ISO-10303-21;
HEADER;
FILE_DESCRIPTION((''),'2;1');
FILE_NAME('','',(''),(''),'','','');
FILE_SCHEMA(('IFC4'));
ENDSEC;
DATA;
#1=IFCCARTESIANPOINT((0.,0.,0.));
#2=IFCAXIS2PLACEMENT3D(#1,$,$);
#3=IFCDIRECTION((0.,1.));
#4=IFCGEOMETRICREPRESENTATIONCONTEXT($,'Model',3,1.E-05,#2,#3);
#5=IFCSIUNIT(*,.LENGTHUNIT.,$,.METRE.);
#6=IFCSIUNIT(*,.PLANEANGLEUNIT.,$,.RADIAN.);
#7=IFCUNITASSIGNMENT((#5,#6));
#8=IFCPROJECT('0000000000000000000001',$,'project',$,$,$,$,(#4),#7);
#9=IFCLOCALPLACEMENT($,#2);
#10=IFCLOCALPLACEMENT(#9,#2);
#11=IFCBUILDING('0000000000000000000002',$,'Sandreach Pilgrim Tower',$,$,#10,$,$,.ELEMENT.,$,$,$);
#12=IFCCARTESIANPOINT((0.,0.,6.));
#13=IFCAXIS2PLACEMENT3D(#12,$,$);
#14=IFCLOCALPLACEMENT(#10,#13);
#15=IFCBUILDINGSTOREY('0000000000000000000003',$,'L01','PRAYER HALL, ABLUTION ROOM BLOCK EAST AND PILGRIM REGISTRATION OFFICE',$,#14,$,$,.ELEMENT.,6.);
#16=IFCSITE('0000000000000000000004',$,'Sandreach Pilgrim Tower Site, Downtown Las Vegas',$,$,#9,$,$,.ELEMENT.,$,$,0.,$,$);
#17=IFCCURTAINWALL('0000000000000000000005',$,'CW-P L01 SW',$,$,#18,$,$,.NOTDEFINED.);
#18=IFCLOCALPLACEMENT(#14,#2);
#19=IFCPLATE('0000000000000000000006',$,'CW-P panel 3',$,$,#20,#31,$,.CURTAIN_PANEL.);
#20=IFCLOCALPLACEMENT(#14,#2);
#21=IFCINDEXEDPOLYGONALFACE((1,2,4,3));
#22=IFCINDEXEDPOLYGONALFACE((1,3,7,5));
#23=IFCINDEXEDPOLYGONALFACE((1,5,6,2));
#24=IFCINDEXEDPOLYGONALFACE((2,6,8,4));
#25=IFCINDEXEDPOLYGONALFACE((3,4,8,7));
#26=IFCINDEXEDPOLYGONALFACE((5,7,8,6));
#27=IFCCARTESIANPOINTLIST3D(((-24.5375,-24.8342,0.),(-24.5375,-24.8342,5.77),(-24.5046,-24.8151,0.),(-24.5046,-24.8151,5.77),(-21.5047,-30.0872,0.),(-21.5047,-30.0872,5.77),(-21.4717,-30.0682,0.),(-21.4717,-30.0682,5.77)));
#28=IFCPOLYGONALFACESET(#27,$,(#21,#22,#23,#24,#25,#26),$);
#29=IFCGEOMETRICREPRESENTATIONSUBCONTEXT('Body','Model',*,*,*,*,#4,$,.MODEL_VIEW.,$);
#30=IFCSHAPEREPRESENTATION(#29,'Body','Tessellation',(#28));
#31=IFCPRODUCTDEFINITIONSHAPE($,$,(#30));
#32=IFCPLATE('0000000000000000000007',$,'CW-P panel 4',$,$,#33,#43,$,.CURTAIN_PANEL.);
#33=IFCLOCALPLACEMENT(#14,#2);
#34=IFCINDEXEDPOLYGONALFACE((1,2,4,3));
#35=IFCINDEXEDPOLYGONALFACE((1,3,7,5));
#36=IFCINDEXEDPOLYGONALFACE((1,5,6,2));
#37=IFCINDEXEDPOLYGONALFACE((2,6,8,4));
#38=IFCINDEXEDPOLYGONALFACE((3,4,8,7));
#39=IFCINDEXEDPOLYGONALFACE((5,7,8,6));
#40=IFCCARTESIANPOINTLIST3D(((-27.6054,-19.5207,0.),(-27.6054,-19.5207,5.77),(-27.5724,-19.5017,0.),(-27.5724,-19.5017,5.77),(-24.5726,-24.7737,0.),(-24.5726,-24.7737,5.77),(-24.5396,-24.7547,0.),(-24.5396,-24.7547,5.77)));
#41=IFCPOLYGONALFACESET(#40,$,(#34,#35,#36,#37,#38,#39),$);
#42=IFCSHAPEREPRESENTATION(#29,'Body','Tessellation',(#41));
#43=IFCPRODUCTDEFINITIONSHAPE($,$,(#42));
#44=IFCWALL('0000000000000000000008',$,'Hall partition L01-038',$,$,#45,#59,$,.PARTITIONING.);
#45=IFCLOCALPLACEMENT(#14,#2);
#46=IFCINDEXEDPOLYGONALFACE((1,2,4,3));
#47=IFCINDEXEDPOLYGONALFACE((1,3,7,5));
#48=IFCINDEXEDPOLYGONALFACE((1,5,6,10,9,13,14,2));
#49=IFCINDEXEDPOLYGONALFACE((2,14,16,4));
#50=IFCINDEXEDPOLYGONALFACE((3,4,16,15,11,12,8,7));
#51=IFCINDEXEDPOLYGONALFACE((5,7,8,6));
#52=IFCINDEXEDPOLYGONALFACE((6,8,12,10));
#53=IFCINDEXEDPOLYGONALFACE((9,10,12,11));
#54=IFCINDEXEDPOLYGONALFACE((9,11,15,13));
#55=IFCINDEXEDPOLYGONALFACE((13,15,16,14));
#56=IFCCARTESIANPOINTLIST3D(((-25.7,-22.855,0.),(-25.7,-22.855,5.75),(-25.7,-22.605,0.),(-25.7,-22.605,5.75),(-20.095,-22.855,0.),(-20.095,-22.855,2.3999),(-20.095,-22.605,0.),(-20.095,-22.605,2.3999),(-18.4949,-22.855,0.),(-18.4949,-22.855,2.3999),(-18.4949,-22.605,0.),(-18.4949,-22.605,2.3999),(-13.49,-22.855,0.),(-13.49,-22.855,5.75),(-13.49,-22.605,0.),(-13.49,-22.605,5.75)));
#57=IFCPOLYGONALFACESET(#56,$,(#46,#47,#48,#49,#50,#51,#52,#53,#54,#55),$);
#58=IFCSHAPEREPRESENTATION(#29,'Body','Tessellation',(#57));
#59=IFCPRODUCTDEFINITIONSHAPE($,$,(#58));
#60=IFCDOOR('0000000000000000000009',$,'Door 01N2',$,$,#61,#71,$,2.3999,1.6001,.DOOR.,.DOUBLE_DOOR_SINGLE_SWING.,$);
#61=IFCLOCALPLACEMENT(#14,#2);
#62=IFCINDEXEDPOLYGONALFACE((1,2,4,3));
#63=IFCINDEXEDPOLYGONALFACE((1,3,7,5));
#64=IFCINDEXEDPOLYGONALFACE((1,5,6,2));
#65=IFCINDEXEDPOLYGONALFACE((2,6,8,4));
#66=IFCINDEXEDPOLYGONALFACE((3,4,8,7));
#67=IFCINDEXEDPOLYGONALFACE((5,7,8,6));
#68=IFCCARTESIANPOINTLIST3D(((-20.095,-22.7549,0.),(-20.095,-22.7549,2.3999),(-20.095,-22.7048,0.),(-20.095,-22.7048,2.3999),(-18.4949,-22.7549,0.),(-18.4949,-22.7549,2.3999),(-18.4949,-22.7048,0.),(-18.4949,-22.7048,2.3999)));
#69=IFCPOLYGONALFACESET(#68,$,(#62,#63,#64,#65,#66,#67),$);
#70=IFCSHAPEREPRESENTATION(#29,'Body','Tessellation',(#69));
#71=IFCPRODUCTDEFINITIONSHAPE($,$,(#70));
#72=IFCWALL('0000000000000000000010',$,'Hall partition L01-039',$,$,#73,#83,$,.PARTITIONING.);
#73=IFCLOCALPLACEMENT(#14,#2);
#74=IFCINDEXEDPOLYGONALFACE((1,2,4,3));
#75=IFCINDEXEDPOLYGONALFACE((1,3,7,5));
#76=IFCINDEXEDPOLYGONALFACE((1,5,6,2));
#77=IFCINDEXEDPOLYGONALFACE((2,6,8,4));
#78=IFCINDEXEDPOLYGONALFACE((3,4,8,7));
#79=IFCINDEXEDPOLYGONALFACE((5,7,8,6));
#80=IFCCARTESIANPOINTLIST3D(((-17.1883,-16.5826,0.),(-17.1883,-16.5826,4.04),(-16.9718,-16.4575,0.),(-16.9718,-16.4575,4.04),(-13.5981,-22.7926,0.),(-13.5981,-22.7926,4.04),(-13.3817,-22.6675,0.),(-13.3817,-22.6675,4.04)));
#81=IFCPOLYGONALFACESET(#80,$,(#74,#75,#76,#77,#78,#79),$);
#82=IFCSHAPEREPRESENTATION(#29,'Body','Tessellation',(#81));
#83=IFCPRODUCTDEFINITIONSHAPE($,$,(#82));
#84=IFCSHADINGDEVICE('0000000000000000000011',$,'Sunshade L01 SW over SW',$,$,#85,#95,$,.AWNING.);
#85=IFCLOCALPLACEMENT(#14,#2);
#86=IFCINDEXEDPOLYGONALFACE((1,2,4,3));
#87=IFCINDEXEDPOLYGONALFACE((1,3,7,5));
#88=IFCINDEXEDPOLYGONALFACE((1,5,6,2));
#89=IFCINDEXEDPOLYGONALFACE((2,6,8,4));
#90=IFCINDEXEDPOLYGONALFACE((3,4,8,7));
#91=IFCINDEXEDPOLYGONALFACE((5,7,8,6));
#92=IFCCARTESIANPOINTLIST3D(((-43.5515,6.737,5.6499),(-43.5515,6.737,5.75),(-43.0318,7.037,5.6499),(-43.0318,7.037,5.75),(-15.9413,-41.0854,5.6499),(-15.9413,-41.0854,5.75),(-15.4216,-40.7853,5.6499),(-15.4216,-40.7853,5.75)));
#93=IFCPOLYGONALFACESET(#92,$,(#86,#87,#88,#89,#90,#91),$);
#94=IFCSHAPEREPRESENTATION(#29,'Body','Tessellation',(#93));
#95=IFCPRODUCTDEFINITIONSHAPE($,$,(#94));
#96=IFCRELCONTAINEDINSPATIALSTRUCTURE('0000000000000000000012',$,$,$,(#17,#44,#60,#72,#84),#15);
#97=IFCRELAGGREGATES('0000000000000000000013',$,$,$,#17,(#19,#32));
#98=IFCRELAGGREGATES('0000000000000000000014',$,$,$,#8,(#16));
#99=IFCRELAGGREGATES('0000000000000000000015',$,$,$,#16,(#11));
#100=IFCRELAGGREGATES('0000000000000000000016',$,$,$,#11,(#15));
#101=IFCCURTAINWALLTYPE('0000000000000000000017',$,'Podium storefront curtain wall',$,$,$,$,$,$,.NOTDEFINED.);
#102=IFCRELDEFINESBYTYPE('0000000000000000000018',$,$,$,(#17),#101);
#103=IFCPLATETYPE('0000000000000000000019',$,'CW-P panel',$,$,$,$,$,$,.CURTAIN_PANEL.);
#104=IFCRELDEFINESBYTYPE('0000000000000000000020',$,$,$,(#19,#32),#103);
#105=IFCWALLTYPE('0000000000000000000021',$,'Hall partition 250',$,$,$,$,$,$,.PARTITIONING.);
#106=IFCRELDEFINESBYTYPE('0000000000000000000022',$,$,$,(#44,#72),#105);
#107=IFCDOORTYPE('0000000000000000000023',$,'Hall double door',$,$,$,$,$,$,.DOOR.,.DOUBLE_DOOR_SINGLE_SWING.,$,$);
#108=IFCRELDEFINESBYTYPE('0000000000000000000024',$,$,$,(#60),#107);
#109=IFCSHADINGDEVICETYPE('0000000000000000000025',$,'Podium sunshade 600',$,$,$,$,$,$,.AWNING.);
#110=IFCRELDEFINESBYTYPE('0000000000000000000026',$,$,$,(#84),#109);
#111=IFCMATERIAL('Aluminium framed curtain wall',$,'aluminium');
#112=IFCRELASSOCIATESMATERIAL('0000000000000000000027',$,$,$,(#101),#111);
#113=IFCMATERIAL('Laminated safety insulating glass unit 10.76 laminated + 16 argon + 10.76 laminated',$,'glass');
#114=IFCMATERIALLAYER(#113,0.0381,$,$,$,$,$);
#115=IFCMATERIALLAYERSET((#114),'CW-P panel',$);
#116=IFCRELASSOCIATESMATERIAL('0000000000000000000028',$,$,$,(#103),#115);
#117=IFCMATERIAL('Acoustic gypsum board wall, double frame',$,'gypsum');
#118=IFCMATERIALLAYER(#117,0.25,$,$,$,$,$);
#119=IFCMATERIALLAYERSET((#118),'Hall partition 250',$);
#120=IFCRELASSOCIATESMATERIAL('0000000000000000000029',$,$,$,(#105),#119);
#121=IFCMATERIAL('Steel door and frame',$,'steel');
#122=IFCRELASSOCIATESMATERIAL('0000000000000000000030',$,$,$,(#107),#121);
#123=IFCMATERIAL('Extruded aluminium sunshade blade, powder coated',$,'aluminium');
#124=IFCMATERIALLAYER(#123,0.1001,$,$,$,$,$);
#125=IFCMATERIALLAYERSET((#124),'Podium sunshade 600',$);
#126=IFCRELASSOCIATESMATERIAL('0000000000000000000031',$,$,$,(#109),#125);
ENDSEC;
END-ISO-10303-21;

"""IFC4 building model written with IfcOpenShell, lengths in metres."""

from ifc_helpers import new_model, si_unit, direction, frame, frame_2d, origin, origin_2d, place, context, subcontext, project, spatial, rectangle, extrude, material, layer, layer_set, type_object, element, fill, aggregate, save


model = new_model("IFC4")

# Units and contexts
model_context = context("Model", 3, precision=1e-05, world=origin(), true_north=direction((0.0, 1.0)))
body_context = subcontext(model_context, "Body", "Model", "MODEL_VIEW")
ifc_project = project(units=[si_unit("LENGTHUNIT", "METRE"), si_unit("PLANEANGLEUNIT", "RADIAN")], contexts=[model_context])

# Site, building, storey
site_placement = place(None, origin())
site = spatial("IfcSite", under=ifc_project, at=site_placement, Name="Sandreach Pilgrim Tower Site, Downtown Las Vegas", CompositionType="ELEMENT", RefElevation=0.0)
building_placement = place(site_placement, origin())
building = spatial("IfcBuilding", under=site, at=building_placement, Name="Sandreach Pilgrim Tower", CompositionType="ELEMENT")
storey_placement = place(building_placement, frame((0.0, 0.0, 6.0)))
storey = spatial("IfcBuildingStorey", under=building, at=storey_placement, Name="L01", Description="PRAYER HALL, ABLUTION ROOM BLOCK EAST AND PILGRIM REGISTRATION OFFICE", CompositionType="ELEMENT", Elevation=6.0)

# Curtain wall
ifc_material_1 = material(Name="Aluminium framed curtain wall", Category="aluminium")
curtain_wall_type = type_object("IfcCurtainWallType", Name="Podium storefront curtain wall", PredefinedType="NOTDEFINED", material=ifc_material_1)
curtain_wall_placement = place(storey_placement, origin())
curtain_wall = element("IfcCurtainWall", 1, at=curtain_wall_placement, inside=storey, type_object=curtain_wall_type, Name="CW-P L01 SW", PredefinedType="NOTDEFINED")

# Plates
ifc_material_2 = material(Name="Laminated safety insulating glass unit 10.76 laminated + 16 argon + 10.76 laminated", Category="glass")
ifc_layer_1 = layer(ifc_material_2, 0.0381)
ifc_layer_set_1 = layer_set([ifc_layer_1], Name="CW-P panel")
plate_type = type_object("IfcPlateType", Name="CW-P panel", PredefinedType="CURTAIN_PANEL", material=ifc_layer_set_1)
plate_1_placement = place(storey_placement, frame((-23.0046, -27.4512, 0.0), z_axis=(0.0, 0.0, 1.0), x_axis=(-0.5, 0.866025, 0.0)))
plate_1 = element("IfcPlate", 2, at=plate_1_placement, type_object=plate_type, Name="CW-P panel 3", PredefinedType="CURTAIN_PANEL", context=body_context, shape_type="SweptSolid", body=[
    extrude(rectangle(XDim=6.0657, YDim=0.0381, at=origin_2d()), origin(), (0.0, 0.0, 1.0), 5.77),
])
plate_2_placement = place(storey_placement, frame((-26.0725, -22.1377, 0.0), z_axis=(0.0, 0.0, 1.0), x_axis=(-0.5, 0.866025, 0.0)))
plate_2 = element("IfcPlate", 3, at=plate_2_placement, type_object=plate_type, Name="CW-P panel 4", PredefinedType="CURTAIN_PANEL", context=body_context, shape_type="SweptSolid", body=[
    extrude(rectangle(XDim=6.0657, YDim=0.0381, at=origin_2d()), origin(), (0.0, 0.0, 1.0), 5.77),
])
aggregate(curtain_wall, [plate_1, plate_2])

# Wall, opening, door
ifc_material_3 = material(Name="Acoustic gypsum board wall, double frame", Category="gypsum")
ifc_layer_2 = layer(ifc_material_3, 0.25)
ifc_layer_set_2 = layer_set([ifc_layer_2], Name="Hall partition 250")
wall_type = type_object("IfcWallType", Name="Hall partition 250", PredefinedType="PARTITIONING", material=ifc_layer_set_2)
wall_1_placement = place(storey_placement, frame((-13.49, -22.73, 0.0), z_axis=(0.0, 0.0, 1.0), x_axis=(-1.0, 0.0, 0.0)))
wall_1 = element("IfcWall", 4, at=wall_1_placement, inside=storey, type_object=wall_type, Name="Hall partition L01-038", PredefinedType="PARTITIONING", context=body_context, shape_type="SweptSolid", body=[
    extrude(rectangle(XDim=12.21, YDim=0.25, at=frame_2d((6.105, 0.0))), origin(), (0.0, 0.0, 1.0), 5.75),
])
opening_placement = place(wall_1_placement, frame((5.0049, 0.0, 0.0)))
opening = element("IfcOpeningElement", 5, at=opening_placement, cuts=wall_1, PredefinedType="OPENING", context=body_context, shape_type="SweptSolid", body=[
    extrude(rectangle(XDim=1.6001, YDim=2.3999, at=frame_2d((0.8, 1.2))), frame((0.0, 0.125, 0.0), z_axis=(0.0, -1.0, 0.0), x_axis=(1.0, 0.0, 0.0)), (0.0, 0.0, 1.0), 0.25),
])
ifc_material_4 = material(Name="Steel door and frame", Category="steel")
door_type = type_object("IfcDoorType", Name="Hall double door", OperationType="DOUBLE_DOOR_SINGLE_SWING", PredefinedType="DOOR", material=ifc_material_4)
door_placement = place(opening_placement, origin())
door = element("IfcDoor", 6, at=door_placement, inside=storey, type_object=door_type, Name="Door 01N2", OperationType="DOUBLE_DOOR_SINGLE_SWING", OverallHeight=2.3999, OverallWidth=1.6001, PredefinedType="DOOR", context=body_context, shape_type="SweptSolid", body=[
    extrude(rectangle(XDim=1.6001, YDim=2.3999, at=frame_2d((0.8, 1.2))), frame((0.0, 0.0249, 0.0), z_axis=(0.0, -1.0, 0.0), x_axis=(1.0, 0.0, 0.0)), (0.0, 0.0, 1.0), 0.05),
])
fill(opening, door)

# Wall
wall_2_placement = place(storey_placement, frame((-13.49, -22.73, 0.0), z_axis=(0.0, 0.0, 1.0), x_axis=(-0.500498, 0.865738, 0.0)))
element("IfcWall", 7, at=wall_2_placement, inside=storey, type_object=wall_type, Name="Hall partition L01-039", PredefinedType="PARTITIONING", context=body_context, shape_type="SweptSolid", body=[
    extrude(rectangle(XDim=7.1731, YDim=0.25, at=frame_2d((3.5864, 0.0))), origin(), (0.0, 0.0, 1.0), 4.04),
])

# Shading device
ifc_material_5 = material(Name="Extruded aluminium sunshade blade, powder coated", Category="aluminium")
ifc_layer_3 = layer(ifc_material_5, 0.1001)
ifc_layer_set_3 = layer_set([ifc_layer_3], Name="Podium sunshade 600")
shading_device_type = type_object("IfcShadingDeviceType", Name="Podium sunshade 600", PredefinedType="AWNING", material=ifc_layer_set_3)
shading_device_placement = place(storey_placement, frame((-29.4866, -17.0242, 5.6499), z_axis=(0.0, 0.0, 1.0), x_axis=(-0.5, 0.866025, 0.0)))
element("IfcShadingDevice", 8, at=shading_device_placement, inside=storey, type_object=shading_device_type, Name="Sunshade L01 SW over SW", PredefinedType="AWNING", context=body_context, shape_type="SweptSolid", body=[
    extrude(rectangle(XDim=55.2205, YDim=0.6001, at=origin_2d()), origin(), (0.0, 0.0, 1.0), 0.1001),
])

save(model, "model.ifc")
